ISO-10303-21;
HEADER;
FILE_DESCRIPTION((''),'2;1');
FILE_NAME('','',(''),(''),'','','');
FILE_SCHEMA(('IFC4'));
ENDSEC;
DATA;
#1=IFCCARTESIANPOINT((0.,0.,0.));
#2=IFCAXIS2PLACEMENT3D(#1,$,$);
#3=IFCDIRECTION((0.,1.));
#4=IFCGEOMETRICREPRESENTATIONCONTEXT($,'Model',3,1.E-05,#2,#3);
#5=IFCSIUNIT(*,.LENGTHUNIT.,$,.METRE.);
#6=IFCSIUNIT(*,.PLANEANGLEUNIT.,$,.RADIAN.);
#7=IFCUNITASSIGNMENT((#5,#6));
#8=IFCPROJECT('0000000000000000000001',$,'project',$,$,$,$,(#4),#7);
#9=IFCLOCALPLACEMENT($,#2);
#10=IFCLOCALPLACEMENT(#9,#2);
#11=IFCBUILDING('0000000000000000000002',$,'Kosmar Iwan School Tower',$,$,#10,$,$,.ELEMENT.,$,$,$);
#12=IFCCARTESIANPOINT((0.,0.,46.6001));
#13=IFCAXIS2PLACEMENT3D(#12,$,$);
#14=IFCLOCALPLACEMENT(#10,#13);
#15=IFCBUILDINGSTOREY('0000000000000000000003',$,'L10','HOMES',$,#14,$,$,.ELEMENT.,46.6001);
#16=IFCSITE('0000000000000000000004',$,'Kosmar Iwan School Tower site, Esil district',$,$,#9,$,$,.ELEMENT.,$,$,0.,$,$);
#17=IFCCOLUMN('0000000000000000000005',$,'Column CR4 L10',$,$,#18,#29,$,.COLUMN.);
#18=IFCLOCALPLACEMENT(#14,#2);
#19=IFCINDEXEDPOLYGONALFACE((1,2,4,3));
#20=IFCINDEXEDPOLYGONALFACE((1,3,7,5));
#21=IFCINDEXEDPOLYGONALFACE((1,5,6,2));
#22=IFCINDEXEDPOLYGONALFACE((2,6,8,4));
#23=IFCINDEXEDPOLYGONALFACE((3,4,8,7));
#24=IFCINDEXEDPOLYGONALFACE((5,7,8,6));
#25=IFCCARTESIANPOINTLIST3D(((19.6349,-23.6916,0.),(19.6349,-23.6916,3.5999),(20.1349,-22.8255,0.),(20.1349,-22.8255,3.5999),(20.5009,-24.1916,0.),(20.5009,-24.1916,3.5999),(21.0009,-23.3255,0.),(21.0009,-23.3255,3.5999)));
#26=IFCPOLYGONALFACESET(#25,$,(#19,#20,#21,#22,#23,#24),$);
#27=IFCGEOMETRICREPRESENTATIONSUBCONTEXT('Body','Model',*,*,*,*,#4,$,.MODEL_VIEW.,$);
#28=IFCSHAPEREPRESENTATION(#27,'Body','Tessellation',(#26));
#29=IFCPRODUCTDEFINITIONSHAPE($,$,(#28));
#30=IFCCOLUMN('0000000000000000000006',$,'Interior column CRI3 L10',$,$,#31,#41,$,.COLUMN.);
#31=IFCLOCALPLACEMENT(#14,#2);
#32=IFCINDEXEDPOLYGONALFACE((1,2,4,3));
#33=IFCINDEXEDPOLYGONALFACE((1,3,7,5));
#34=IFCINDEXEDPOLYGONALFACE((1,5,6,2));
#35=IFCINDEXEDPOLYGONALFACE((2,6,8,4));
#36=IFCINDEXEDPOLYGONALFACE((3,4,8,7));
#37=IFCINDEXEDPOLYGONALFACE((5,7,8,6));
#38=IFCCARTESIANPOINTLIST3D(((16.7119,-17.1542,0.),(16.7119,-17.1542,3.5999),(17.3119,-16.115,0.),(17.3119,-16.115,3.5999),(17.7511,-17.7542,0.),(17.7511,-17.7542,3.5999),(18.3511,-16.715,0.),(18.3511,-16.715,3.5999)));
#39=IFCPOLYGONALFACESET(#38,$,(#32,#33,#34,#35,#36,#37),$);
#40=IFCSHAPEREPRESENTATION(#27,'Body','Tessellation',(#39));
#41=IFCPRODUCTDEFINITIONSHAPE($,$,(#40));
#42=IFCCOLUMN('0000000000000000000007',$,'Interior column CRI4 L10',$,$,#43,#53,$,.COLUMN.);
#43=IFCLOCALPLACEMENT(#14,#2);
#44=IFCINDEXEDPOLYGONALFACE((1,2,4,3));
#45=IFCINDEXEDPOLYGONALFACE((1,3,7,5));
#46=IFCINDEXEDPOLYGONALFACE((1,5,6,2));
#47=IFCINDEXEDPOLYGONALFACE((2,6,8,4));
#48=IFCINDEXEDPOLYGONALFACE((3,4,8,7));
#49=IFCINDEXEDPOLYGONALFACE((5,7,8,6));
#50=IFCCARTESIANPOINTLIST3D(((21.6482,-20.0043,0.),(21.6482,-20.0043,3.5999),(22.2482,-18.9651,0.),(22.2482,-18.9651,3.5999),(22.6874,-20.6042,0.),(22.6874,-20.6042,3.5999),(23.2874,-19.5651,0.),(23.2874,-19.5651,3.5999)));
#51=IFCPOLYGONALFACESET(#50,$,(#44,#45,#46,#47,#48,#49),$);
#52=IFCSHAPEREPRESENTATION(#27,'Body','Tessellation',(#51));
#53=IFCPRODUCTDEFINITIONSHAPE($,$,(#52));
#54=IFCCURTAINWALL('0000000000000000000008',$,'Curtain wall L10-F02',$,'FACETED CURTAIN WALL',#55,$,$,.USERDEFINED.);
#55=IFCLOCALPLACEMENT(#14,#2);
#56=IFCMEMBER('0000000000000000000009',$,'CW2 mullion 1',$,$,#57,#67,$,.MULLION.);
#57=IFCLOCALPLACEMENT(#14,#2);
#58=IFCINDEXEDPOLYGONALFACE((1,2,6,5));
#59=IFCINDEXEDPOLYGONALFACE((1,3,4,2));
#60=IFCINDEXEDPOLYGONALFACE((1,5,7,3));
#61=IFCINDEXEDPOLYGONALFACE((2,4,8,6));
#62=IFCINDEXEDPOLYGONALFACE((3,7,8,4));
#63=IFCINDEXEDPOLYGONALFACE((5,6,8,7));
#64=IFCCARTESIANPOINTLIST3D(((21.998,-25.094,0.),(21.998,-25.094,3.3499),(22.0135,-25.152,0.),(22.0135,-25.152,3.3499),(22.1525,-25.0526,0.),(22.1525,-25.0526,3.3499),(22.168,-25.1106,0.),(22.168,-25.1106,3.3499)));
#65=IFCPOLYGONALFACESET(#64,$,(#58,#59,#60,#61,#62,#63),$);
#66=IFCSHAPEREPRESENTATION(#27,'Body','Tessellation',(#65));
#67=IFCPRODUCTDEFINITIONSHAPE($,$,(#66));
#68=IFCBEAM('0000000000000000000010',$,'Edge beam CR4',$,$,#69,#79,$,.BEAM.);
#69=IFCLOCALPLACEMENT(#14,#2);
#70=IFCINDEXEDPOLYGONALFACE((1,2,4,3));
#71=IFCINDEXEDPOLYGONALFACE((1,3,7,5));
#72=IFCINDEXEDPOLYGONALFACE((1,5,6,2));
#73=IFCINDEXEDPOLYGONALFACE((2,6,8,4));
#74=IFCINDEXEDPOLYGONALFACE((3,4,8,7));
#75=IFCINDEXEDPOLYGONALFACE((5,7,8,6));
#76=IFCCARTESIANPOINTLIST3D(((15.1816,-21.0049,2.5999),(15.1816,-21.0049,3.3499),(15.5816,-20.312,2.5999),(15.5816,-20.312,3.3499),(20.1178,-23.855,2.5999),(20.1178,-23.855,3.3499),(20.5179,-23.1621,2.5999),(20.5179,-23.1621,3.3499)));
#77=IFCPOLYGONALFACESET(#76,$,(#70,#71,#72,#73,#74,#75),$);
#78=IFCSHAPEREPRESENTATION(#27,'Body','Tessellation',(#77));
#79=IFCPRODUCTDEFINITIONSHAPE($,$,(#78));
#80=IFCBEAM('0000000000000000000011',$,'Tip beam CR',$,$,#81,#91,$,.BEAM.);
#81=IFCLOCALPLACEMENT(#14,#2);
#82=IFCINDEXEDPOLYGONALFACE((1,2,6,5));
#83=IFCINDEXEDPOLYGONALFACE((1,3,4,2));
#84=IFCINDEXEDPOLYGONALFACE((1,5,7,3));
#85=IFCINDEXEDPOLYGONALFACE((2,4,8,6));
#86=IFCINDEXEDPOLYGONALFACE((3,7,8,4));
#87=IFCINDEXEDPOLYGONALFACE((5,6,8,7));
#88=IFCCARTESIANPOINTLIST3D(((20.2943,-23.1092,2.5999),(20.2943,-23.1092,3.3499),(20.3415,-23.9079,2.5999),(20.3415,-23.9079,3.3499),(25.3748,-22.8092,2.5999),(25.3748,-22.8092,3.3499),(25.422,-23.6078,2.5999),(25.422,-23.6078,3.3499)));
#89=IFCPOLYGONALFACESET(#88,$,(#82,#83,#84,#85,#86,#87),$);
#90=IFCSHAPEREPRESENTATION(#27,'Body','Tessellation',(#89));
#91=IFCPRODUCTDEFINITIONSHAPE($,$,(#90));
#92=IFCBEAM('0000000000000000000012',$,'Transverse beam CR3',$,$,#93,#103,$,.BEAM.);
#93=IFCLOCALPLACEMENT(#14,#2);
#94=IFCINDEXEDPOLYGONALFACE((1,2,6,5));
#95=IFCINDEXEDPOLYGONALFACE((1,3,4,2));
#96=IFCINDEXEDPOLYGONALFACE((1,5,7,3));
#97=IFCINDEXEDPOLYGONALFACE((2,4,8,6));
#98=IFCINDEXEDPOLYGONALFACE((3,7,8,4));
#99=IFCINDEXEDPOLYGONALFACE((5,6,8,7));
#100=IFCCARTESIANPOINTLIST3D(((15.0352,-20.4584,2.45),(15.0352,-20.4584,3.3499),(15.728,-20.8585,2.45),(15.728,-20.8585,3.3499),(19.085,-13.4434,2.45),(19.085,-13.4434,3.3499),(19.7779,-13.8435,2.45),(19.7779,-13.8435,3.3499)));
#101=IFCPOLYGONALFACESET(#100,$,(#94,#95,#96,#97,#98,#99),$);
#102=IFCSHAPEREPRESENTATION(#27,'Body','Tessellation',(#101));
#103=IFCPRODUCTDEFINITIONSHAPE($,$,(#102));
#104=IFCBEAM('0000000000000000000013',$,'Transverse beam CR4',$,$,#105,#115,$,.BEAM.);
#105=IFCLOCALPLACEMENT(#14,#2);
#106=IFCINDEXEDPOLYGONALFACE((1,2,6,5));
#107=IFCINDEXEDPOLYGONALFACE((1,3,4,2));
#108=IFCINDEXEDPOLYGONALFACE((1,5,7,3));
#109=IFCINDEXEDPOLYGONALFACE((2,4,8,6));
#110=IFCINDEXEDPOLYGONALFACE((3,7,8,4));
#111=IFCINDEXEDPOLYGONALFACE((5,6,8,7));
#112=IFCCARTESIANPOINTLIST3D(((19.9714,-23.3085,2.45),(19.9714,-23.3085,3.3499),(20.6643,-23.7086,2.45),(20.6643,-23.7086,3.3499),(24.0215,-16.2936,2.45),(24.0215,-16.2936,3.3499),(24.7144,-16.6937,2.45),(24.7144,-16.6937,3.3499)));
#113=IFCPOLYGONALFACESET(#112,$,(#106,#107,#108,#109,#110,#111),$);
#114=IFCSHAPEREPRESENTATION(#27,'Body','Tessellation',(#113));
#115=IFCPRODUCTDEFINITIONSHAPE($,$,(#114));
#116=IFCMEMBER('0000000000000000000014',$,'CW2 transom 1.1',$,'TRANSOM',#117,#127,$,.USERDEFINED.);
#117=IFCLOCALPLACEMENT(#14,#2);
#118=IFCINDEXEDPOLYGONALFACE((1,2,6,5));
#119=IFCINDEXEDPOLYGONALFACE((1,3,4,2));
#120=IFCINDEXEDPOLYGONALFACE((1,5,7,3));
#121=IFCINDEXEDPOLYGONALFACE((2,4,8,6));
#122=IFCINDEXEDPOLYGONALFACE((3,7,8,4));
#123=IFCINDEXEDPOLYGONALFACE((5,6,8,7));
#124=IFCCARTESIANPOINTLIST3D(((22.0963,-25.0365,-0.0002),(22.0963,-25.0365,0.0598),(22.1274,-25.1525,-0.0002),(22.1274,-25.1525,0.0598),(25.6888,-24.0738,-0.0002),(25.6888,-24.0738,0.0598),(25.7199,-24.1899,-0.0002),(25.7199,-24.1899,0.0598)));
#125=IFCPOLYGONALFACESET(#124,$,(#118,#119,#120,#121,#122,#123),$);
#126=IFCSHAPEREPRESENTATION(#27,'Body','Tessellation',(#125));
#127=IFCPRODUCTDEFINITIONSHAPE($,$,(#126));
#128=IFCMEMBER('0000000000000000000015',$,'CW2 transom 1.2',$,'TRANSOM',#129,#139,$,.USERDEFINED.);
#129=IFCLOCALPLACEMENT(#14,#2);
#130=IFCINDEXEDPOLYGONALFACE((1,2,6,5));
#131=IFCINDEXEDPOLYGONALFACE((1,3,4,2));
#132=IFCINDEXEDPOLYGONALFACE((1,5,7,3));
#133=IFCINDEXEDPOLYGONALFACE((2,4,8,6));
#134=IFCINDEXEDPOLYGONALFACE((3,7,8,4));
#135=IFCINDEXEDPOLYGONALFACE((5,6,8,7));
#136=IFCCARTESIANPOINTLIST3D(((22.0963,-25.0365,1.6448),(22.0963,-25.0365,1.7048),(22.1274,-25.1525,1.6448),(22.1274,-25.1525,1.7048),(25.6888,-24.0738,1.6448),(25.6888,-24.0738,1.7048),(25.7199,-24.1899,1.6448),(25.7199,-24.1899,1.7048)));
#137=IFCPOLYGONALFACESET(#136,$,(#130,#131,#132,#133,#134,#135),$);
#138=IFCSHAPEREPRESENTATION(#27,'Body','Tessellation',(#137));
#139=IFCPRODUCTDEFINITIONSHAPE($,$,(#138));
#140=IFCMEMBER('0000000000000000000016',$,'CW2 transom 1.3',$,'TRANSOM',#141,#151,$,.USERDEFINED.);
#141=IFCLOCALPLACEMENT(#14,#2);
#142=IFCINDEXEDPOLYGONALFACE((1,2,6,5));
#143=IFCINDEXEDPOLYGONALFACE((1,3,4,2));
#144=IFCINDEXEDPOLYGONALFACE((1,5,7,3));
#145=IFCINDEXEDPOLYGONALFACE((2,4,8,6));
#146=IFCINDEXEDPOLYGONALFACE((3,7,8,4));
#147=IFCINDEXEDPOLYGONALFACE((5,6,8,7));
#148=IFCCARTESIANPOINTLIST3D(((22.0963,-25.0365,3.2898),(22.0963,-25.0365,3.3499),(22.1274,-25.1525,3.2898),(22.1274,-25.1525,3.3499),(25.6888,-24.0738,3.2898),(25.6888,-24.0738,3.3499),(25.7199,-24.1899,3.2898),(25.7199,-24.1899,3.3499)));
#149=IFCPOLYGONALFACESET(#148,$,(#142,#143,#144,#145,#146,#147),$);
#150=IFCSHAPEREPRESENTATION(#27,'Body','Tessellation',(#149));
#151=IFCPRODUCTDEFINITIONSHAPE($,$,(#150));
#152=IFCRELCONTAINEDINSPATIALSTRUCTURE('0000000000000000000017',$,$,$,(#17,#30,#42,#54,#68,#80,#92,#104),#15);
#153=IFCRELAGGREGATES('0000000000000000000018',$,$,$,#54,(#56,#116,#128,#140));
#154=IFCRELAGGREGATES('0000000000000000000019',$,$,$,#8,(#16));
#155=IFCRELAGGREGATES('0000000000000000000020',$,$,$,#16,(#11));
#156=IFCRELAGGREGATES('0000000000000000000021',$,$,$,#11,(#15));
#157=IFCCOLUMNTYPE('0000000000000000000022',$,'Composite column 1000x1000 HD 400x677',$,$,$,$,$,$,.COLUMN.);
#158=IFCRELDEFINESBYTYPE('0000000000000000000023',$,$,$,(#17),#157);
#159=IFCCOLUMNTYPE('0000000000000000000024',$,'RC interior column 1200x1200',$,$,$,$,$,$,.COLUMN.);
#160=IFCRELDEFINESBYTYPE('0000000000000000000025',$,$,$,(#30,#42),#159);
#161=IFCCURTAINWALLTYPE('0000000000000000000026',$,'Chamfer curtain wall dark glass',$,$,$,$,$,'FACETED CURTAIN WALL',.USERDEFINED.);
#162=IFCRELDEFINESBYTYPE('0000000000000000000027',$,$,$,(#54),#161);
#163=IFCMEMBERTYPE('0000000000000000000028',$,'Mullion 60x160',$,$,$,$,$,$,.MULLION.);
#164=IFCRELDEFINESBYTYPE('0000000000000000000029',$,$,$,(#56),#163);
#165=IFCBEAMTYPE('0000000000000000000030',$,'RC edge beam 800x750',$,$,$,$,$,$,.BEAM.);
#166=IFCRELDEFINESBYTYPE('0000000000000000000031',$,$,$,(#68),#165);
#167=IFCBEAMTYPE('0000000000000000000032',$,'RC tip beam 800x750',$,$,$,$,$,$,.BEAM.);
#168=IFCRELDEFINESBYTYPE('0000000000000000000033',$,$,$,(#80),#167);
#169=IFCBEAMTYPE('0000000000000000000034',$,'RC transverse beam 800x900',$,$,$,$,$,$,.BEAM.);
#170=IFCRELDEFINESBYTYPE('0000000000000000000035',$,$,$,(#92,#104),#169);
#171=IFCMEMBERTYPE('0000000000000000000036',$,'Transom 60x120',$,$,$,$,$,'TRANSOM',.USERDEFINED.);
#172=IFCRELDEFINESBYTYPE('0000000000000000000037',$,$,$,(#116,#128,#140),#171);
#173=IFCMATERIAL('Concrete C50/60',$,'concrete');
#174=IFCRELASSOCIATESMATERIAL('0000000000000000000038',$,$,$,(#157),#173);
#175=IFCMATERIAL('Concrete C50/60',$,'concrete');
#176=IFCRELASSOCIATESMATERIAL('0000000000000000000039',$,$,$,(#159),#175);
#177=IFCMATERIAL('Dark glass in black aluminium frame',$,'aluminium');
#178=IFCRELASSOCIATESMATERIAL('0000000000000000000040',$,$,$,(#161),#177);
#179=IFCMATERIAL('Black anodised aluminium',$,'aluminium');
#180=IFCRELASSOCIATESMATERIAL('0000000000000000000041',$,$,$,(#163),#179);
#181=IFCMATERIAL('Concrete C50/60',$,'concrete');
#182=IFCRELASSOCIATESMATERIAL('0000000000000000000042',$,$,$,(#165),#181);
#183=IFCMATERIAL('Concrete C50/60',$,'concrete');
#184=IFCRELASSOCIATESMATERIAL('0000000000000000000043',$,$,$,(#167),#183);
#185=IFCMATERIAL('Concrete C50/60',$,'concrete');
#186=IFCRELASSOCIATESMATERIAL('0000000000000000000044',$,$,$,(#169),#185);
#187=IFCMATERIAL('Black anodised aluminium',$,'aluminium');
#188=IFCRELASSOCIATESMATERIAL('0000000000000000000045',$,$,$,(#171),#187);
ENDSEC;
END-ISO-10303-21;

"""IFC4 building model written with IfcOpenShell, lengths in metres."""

from ifc_helpers import new_model, si_unit, direction, frame, origin, origin_2d, place, context, subcontext, project, spatial, rectangle, extrude, material, material_profile, profile_set, type_object, element, aggregate, save


model = new_model("IFC4")

# Units and contexts
model_context = context("Model", 3, precision=1e-05, world=origin(), true_north=direction((0.0, 1.0)))
body_context = subcontext(model_context, "Body", "Model", "MODEL_VIEW")
ifc_project = project(units=[si_unit("LENGTHUNIT", "METRE"), si_unit("PLANEANGLEUNIT", "RADIAN")], contexts=[model_context])

# Site, building, storey
site_placement = place(None, origin())
site = spatial("IfcSite", under=ifc_project, at=site_placement, Name="Kosmar Iwan School Tower site, Esil district", CompositionType="ELEMENT", RefElevation=0.0)
building_placement = place(site_placement, origin())
building = spatial("IfcBuilding", under=site, at=building_placement, Name="Kosmar Iwan School Tower", CompositionType="ELEMENT")
storey_placement = place(building_placement, frame((0.0, 0.0, 46.6001)))
storey = spatial("IfcBuildingStorey", under=building, at=storey_placement, Name="L10", Description="HOMES", CompositionType="ELEMENT", Elevation=46.6001)

# Columns
ifc_material_1 = material(Name="Concrete C50/60", Category="concrete")
ifc_material_profile_1 = material_profile(ifc_material_1, rectangle(XDim=1.0, YDim=1.0, at=origin_2d()), Name="RC 1000x1000 + HD 400x677")
ifc_profile_set_1 = profile_set([ifc_material_profile_1], Name="Concrete C50/60")
column_type_1 = type_object("IfcColumnType", Name="Composite column 1000x1000 HD 400x677", PredefinedType="COLUMN", material=ifc_profile_set_1)
column_placement = place(storey_placement, frame((20.3179, -23.5085, 0.0), z_axis=(0.0, 0.0, 1.0), x_axis=(0.866025, -0.5, 0.0)))
element("IfcColumn", 1, at=column_placement, inside=storey, type_object=column_type_1, Name="Column CR4 L10", PredefinedType="COLUMN", context=body_context, shape_type="SweptSolid", body=[
    extrude(rectangle(XDim=1.0, YDim=1.0, at=origin_2d()), origin(), (0.0, 0.0, 1.0), 3.5999),
])
ifc_material_2 = material(Name="Concrete C50/60", Category="concrete")
ifc_material_profile_2 = material_profile(ifc_material_2, rectangle(XDim=1.2, YDim=1.2, at=origin_2d()), Name="RC 1200x1200")
ifc_profile_set_2 = profile_set([ifc_material_profile_2], Name="Concrete C50/60")
column_type_2 = type_object("IfcColumnType", Name="RC interior column 1200x1200", PredefinedType="COLUMN", material=ifc_profile_set_2)
for number, where, z_axis, x_axis, name in (
    (2, (17.5315, -16.9346, 0.0), (0.0, 0.0, 1.0), (0.866025, -0.5, 0.0), "Interior column CRI3 L10"),
    (3, (22.4678, -19.7847, 0.0), (0.0, 0.0, 1.0), (0.866025, -0.5, 0.0), "Interior column CRI4 L10"),
):
    element("IfcColumn", number, at=place(storey_placement, frame(where, z_axis=z_axis, x_axis=x_axis)), inside=storey, type_object=column_type_2, Name=name, PredefinedType="COLUMN", context=body_context, shape_type="SweptSolid", body=[
        extrude(rectangle(XDim=1.2, YDim=1.2, at=origin_2d()), origin(), (0.0, 0.0, 1.0), 3.5999),
    ])

# Curtain wall, member
ifc_material_3 = material(Name="Dark glass in black aluminium frame", Category="aluminium")
curtain_wall_type = type_object("IfcCurtainWallType", Name="Chamfer curtain wall dark glass", ElementType="FACETED CURTAIN WALL", PredefinedType="USERDEFINED", material=ifc_material_3)
curtain_wall_placement = place(storey_placement, origin())
curtain_wall = element("IfcCurtainWall", 4, at=curtain_wall_placement, inside=storey, type_object=curtain_wall_type, Name="Curtain wall L10-F02", ObjectType="FACETED CURTAIN WALL", PredefinedType="USERDEFINED")
ifc_material_4 = material(Name="Black anodised aluminium", Category="aluminium")
ifc_material_profile_3 = material_profile(ifc_material_4, rectangle(XDim=0.0601, YDim=0.1599, at=origin_2d()), Name="MULLION 60x160")
ifc_profile_set_3 = profile_set([ifc_material_profile_3], Name="Black anodised aluminium")
member_type_1 = type_object("IfcMemberType", Name="Mullion 60x160", PredefinedType="MULLION", material=ifc_profile_set_3)
member_1_placement = place(storey_placement, frame((22.083, -25.1023, 0.0), z_axis=(0.0, 0.0, 1.0), x_axis=(-0.258819, 0.965926, 0.0)))
member_1 = element("IfcMember", 5, at=member_1_placement, type_object=member_type_1, Name="CW2 mullion 1", PredefinedType="MULLION", context=body_context, shape_type="SweptSolid", body=[
    extrude(rectangle(XDim=0.0601, YDim=0.1599, at=origin_2d()), origin(), (0.0, 0.0, 1.0), 3.3499),
])

# Beams
ifc_material_5 = material(Name="Concrete C50/60", Category="concrete")
ifc_material_profile_4 = material_profile(ifc_material_5, rectangle(XDim=0.8, YDim=0.75, at=origin_2d()), Name="RC 800x750")
ifc_profile_set_4 = profile_set([ifc_material_profile_4], Name="Concrete C50/60")
beam_type_1 = type_object("IfcBeamType", Name="RC edge beam 800x750", PredefinedType="BEAM", material=ifc_profile_set_4)
beam_1_placement = place(storey_placement, frame((15.3816, -20.6584, 2.9749), z_axis=(0.866015, -0.500018, 0.0), x_axis=(0.500018, 0.866015, 0.0)))
element("IfcBeam", 6, at=beam_1_placement, inside=storey, type_object=beam_type_1, Name="Edge beam CR4", PredefinedType="BEAM", context=body_context, shape_type="SweptSolid", body=[
    extrude(rectangle(XDim=0.8, YDim=0.75, at=origin_2d()), origin(), (0.0, 0.0, 1.0), 5.7),
])
ifc_material_6 = material(Name="Concrete C50/60", Category="concrete")
ifc_material_profile_5 = material_profile(ifc_material_6, rectangle(XDim=0.8, YDim=0.75, at=origin_2d()), Name="RC 800x750")
ifc_profile_set_5 = profile_set([ifc_material_profile_5], Name="Concrete C50/60")
beam_type_2 = type_object("IfcBeamType", Name="RC tip beam 800x750", PredefinedType="BEAM", material=ifc_profile_set_5)
beam_2_placement = place(storey_placement, frame((20.3179, -23.5085, 2.9749), z_axis=(0.998261, 0.058955, 0.0), x_axis=(-0.058955, 0.998261, 0.0)))
element("IfcBeam", 7, at=beam_2_placement, inside=storey, type_object=beam_type_2, Name="Tip beam CR", PredefinedType="BEAM", context=body_context, shape_type="SweptSolid", body=[
    extrude(rectangle(XDim=0.8, YDim=0.75, at=origin_2d()), origin(), (0.0, 0.0, 1.0), 5.0894),
])
ifc_material_7 = material(Name="Concrete C50/60", Category="concrete")
ifc_material_profile_6 = material_profile(ifc_material_7, rectangle(XDim=0.8, YDim=0.8999, at=origin_2d()), Name="RC 800x900")
ifc_profile_set_6 = profile_set([ifc_material_profile_6], Name="Concrete C50/60")
beam_type_3 = type_object("IfcBeamType", Name="RC transverse beam 800x900", PredefinedType="BEAM", material=ifc_profile_set_6)
for number, where, z_axis, x_axis, name in (
    (8, (15.3816, -20.6584, 2.8999), (0.499977, 0.866039, 0.0), (-0.866039, 0.499977, 0.0), "Transverse beam CR3"),
    (9, (20.3179, -23.5085, 2.8999), (0.5, 0.866025, 0.0), (-0.866025, 0.5, 0.0), "Transverse beam CR4"),
):
    element("IfcBeam", number, at=place(storey_placement, frame(where, z_axis=z_axis, x_axis=x_axis)), inside=storey, type_object=beam_type_3, Name=name, PredefinedType="BEAM", context=body_context, shape_type="SweptSolid", body=[
        extrude(rectangle(XDim=0.8, YDim=0.8999, at=origin_2d()), origin(), (0.0, 0.0, 1.0), 8.1001),
    ])

# Members
ifc_material_8 = material(Name="Black anodised aluminium", Category="aluminium")
ifc_material_profile_7 = material_profile(ifc_material_8, rectangle(XDim=0.1201, YDim=0.0601, at=origin_2d()), Name="TRANSOM 60x120")
ifc_profile_set_7 = profile_set([ifc_material_profile_7], Name="Black anodised aluminium")
member_type_2 = type_object("IfcMemberType", Name="Transom 60x120", ElementType="TRANSOM", PredefinedType="USERDEFINED", material=ifc_profile_set_7)
member_2_placement = place(storey_placement, frame((22.1118, -25.0945, 0.0298), z_axis=(0.965924, 0.258827, 0.0), x_axis=(-0.258827, 0.965924, 0.0)))
member_2 = element("IfcMember", 10, at=member_2_placement, type_object=member_type_2, Name="CW2 transom 1.1", ObjectType="TRANSOM", PredefinedType="USERDEFINED", context=body_context, shape_type="SweptSolid", body=[
    extrude(rectangle(XDim=0.1201, YDim=0.0601, at=origin_2d()), origin(), (0.0, 0.0, 1.0), 3.7192),
])
member_3_placement = place(storey_placement, frame((22.1118, -25.0945, 1.6748), z_axis=(0.965924, 0.258827, 0.0), x_axis=(-0.258827, 0.965924, 0.0)))
member_3 = element("IfcMember", 11, at=member_3_placement, type_object=member_type_2, Name="CW2 transom 1.2", ObjectType="TRANSOM", PredefinedType="USERDEFINED", context=body_context, shape_type="SweptSolid", body=[
    extrude(rectangle(XDim=0.1201, YDim=0.0601, at=origin_2d()), origin(), (0.0, 0.0, 1.0), 3.7192),
])
member_4_placement = place(storey_placement, frame((22.1118, -25.0945, 3.3198), z_axis=(0.965924, 0.258827, 0.0), x_axis=(-0.258827, 0.965924, 0.0)))
member_4 = element("IfcMember", 12, at=member_4_placement, type_object=member_type_2, Name="CW2 transom 1.3", ObjectType="TRANSOM", PredefinedType="USERDEFINED", context=body_context, shape_type="SweptSolid", body=[
    extrude(rectangle(XDim=0.1201, YDim=0.0601, at=origin_2d()), origin(), (0.0, 0.0, 1.0), 3.7192),
])
aggregate(curtain_wall, [member_1, member_2, member_3, member_4])

save(model, "model.ifc")
